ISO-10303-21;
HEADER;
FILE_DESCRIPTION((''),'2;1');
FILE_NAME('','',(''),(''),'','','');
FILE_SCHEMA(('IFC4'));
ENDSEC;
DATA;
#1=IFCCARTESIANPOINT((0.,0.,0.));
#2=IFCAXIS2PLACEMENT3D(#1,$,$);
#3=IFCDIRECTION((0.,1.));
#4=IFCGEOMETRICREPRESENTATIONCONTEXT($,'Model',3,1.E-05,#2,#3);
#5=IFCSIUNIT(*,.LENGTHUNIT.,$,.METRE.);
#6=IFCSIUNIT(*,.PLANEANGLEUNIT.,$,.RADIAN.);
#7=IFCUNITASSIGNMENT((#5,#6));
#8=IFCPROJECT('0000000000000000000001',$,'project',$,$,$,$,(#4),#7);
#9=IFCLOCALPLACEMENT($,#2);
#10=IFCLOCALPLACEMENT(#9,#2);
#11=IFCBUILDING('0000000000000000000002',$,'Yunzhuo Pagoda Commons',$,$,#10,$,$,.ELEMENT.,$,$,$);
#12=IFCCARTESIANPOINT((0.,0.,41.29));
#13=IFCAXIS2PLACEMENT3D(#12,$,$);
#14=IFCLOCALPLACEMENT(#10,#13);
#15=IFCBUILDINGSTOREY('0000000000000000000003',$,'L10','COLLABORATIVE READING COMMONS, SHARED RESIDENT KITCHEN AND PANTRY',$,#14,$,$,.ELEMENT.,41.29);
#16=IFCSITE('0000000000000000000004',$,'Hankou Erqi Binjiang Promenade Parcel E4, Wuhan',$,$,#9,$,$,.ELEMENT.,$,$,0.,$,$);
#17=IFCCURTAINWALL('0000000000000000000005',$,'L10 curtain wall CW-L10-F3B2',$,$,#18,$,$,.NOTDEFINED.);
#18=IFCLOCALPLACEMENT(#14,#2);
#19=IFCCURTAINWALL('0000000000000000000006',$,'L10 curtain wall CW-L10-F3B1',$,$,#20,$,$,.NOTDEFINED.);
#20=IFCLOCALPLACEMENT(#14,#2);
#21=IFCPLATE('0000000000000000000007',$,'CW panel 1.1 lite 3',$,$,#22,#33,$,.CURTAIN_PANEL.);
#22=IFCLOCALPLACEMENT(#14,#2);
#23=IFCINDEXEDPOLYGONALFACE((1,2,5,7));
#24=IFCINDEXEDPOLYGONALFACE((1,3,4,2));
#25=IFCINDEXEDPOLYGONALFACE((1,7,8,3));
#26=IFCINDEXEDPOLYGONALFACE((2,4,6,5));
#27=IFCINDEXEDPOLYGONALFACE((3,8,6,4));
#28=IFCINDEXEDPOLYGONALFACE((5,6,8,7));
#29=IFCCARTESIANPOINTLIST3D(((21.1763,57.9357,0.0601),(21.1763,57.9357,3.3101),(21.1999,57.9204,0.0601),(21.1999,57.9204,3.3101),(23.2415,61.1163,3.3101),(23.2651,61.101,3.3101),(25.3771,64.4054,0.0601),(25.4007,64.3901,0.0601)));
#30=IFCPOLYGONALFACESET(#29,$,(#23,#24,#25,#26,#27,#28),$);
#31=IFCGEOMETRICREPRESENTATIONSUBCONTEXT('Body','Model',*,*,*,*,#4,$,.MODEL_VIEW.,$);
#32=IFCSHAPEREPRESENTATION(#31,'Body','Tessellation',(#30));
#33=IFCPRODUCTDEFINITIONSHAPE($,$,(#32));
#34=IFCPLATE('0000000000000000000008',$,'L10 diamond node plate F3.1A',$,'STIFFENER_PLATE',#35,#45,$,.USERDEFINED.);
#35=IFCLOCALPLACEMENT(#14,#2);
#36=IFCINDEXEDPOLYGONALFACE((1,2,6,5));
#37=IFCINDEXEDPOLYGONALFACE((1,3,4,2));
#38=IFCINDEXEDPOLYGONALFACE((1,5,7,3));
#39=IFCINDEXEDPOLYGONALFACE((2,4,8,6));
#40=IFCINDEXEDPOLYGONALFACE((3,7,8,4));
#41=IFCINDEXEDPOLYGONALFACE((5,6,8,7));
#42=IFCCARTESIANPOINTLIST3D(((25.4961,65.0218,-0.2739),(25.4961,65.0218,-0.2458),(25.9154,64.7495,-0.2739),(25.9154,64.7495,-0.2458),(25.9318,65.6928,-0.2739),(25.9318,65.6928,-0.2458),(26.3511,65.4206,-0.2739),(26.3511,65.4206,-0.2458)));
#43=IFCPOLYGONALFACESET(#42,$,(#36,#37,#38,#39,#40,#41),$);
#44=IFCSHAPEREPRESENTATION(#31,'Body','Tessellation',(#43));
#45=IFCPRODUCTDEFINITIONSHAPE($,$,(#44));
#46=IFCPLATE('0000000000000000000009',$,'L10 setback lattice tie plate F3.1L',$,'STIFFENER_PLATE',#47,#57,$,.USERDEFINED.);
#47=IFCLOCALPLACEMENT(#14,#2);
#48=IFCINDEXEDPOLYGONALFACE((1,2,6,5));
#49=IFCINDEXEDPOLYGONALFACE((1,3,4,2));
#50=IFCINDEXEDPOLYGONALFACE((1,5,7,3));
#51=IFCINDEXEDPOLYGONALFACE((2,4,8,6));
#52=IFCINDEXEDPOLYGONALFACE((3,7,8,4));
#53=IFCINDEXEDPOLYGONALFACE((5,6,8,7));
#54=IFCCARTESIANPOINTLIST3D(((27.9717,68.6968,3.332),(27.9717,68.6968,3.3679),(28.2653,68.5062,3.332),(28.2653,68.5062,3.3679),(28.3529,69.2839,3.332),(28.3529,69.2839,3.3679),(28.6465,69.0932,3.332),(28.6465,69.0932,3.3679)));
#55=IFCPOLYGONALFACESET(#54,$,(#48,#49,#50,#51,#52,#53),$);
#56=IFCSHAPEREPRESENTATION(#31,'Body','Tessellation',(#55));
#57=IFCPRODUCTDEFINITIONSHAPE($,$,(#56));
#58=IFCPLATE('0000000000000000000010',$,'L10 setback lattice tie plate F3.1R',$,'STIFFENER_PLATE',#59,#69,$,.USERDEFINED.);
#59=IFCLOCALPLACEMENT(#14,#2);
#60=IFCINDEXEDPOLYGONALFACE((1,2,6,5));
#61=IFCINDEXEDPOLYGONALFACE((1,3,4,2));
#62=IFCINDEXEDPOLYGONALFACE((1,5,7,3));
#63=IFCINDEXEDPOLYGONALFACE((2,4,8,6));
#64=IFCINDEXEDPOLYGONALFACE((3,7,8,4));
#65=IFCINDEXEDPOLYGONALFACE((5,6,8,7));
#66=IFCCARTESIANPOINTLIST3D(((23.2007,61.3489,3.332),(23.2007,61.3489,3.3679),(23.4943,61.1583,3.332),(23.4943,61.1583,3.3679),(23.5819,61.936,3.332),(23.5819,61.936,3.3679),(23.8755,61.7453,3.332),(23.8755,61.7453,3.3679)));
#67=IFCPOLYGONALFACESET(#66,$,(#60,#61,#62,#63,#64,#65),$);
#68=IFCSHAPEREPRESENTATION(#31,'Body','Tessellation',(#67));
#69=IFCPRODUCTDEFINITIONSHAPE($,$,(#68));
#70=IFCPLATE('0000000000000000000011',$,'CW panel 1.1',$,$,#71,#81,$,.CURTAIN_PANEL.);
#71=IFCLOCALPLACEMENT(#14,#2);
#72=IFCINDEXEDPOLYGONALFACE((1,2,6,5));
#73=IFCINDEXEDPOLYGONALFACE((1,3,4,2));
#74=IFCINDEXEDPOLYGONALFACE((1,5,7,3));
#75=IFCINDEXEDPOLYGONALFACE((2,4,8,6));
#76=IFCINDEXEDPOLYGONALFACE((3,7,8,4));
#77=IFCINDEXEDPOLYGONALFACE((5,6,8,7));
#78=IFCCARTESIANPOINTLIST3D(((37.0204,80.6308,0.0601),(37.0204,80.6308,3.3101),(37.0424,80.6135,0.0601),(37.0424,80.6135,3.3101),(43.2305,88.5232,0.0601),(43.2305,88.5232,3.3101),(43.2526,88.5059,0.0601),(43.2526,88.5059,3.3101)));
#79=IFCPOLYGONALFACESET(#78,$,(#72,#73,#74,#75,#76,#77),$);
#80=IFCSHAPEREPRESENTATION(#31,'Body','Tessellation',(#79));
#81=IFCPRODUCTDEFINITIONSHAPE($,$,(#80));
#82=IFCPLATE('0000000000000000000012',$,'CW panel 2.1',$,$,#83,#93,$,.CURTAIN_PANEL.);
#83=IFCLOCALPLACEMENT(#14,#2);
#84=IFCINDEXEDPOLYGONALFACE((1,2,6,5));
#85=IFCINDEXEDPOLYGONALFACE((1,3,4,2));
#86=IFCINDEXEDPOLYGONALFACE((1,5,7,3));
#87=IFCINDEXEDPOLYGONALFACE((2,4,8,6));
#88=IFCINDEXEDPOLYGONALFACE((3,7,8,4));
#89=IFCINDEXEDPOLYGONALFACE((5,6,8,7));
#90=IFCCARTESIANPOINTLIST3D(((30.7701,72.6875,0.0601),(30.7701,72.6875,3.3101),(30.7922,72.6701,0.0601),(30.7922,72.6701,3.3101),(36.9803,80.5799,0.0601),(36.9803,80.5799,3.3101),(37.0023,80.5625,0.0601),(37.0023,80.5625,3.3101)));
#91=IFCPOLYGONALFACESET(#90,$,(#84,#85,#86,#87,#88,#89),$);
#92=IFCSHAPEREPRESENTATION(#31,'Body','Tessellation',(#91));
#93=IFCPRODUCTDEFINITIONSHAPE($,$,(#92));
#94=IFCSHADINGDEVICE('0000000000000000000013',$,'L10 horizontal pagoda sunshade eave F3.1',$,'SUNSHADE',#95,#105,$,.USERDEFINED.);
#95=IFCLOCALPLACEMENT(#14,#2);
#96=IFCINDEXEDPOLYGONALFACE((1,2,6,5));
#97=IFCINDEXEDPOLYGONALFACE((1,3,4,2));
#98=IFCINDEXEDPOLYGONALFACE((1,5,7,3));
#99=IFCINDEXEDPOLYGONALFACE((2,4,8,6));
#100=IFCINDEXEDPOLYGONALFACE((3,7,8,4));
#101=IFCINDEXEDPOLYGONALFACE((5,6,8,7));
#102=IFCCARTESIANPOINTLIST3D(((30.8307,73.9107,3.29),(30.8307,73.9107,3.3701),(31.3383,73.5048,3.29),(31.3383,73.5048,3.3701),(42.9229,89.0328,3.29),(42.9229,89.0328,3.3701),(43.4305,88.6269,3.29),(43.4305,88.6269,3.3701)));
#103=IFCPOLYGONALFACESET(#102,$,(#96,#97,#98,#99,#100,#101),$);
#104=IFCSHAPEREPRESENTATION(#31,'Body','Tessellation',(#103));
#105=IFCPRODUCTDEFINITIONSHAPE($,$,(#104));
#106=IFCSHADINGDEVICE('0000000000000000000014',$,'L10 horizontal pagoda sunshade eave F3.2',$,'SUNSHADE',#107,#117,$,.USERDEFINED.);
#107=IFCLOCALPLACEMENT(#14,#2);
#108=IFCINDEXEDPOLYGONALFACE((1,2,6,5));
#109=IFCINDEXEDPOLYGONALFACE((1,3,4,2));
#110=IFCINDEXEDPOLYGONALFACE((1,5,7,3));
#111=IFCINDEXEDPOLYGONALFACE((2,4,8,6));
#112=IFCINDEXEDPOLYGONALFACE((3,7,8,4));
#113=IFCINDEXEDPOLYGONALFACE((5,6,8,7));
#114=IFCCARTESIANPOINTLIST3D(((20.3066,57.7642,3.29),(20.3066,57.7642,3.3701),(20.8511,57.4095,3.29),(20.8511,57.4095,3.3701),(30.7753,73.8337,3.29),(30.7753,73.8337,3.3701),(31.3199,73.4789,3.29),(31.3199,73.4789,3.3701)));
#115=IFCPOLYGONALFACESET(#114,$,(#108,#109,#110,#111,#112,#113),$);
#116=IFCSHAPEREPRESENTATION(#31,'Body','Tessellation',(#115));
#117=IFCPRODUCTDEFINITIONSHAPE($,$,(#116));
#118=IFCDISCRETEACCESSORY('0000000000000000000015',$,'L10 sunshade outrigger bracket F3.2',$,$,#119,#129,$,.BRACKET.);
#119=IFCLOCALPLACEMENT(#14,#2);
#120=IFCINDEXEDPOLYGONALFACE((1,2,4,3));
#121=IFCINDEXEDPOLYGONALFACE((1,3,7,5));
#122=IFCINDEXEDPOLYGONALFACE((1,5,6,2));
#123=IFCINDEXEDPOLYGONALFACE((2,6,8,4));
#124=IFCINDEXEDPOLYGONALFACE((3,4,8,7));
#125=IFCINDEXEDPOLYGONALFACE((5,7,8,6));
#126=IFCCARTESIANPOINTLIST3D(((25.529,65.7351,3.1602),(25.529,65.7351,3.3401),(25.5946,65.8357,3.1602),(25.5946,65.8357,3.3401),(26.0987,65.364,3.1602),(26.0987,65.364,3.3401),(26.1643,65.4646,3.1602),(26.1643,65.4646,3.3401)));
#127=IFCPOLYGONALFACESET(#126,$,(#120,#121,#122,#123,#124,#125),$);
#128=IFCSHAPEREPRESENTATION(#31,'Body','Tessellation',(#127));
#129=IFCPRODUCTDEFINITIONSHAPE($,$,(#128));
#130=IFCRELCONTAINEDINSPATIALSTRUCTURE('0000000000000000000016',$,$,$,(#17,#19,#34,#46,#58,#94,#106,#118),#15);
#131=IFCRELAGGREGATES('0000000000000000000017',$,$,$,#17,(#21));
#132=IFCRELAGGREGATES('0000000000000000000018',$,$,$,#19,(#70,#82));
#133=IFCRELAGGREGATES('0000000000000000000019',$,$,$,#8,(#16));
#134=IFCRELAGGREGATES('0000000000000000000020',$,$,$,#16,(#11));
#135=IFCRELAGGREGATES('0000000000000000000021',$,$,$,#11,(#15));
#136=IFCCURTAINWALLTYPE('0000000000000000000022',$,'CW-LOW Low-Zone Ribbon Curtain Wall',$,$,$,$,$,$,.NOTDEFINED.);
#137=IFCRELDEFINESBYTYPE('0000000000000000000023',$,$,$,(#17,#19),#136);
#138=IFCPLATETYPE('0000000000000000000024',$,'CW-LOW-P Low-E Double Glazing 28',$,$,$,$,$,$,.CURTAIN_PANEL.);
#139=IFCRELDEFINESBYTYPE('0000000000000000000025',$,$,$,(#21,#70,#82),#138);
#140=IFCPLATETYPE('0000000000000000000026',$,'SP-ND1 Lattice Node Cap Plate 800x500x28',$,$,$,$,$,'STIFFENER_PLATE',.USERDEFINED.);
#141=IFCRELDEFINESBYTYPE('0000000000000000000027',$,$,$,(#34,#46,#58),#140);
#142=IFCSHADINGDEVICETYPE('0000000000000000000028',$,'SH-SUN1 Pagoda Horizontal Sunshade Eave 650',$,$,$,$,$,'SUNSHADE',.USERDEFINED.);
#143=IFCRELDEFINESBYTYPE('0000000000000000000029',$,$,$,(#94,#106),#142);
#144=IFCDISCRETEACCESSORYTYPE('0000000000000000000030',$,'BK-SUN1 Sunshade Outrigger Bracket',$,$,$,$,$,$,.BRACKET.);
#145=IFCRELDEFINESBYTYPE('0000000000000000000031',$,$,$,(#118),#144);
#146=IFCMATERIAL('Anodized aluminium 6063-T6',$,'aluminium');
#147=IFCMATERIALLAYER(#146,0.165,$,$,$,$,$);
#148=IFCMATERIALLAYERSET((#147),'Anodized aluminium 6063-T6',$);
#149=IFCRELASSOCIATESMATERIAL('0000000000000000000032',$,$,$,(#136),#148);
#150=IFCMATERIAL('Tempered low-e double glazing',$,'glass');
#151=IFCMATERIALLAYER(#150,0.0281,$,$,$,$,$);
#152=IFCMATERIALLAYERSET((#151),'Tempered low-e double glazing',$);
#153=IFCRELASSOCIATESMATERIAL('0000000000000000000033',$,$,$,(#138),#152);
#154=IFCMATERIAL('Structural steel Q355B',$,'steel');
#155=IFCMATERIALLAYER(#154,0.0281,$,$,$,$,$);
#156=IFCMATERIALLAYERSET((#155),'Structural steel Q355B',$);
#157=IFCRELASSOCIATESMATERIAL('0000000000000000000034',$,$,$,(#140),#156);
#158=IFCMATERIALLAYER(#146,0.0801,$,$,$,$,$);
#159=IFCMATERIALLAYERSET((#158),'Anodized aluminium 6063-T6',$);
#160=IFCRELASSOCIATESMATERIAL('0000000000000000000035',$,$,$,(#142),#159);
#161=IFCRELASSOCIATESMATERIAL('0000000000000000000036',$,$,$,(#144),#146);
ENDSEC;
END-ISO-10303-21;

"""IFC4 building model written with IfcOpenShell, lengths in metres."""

from ifc_helpers import new_model, si_unit, direction, frame, origin, origin_2d, place, context, subcontext, project, spatial, polyline, rectangle, outline, extrude, source, transform, mapped, material, layer, layer_set, type_object, element, aggregate, save


model = new_model("IFC4")

# Units and contexts
model_context = context("Model", 3, precision=1e-05, world=origin(), true_north=direction((0.0, 1.0)))
body_context = subcontext(model_context, "Body", "Model", "MODEL_VIEW")
ifc_project = project(units=[si_unit("LENGTHUNIT", "METRE"), si_unit("PLANEANGLEUNIT", "RADIAN")], contexts=[model_context])

# Site, building, storey
site_placement = place(None, origin())
site = spatial("IfcSite", under=ifc_project, at=site_placement, Name="Hankou Erqi Binjiang Promenade Parcel E4, Wuhan", CompositionType="ELEMENT", RefElevation=0.0)
building_placement = place(site_placement, origin())
building = spatial("IfcBuilding", under=site, at=building_placement, Name="Yunzhuo Pagoda Commons", CompositionType="ELEMENT")
storey_placement = place(building_placement, frame((0.0, 0.0, 41.29)))
storey = spatial("IfcBuildingStorey", under=building, at=storey_placement, Name="L10", Description="COLLABORATIVE READING COMMONS, SHARED RESIDENT KITCHEN AND PANTRY", CompositionType="ELEMENT", Elevation=41.29)

# Shared definitions
ifc_material_1 = material(Name="Structural steel Q355B", Category="steel")

# Curtain wall
ifc_material_2 = material(Name="Anodized aluminium 6063-T6", Category="aluminium")
ifc_layer_1 = layer(ifc_material_2, 0.165)
ifc_layer_set_1 = layer_set([ifc_layer_1], Name="Anodized aluminium 6063-T6")
curtain_wall_type = type_object("IfcCurtainWallType", Name="CW-LOW Low-Zone Ribbon Curtain Wall", PredefinedType="NOTDEFINED", material=ifc_layer_set_1)
curtain_wall_1_placement = place(storey_placement, origin())
curtain_wall_1 = element("IfcCurtainWall", 1, at=curtain_wall_1_placement, inside=storey, type_object=curtain_wall_type, Name="L10 curtain wall CW-L10-F3B2", PredefinedType="NOTDEFINED")

# Curtain wall
curtain_wall_2_placement = place(storey_placement, origin())
curtain_wall_2 = element("IfcCurtainWall", 2, at=curtain_wall_2_placement, inside=storey, type_object=curtain_wall_type, Name="L10 curtain wall CW-L10-F3B1", PredefinedType="NOTDEFINED")

# Plate
ifc_material_3 = material(Name="Tempered low-e double glazing", Category="glass")
ifc_layer_2 = layer(ifc_material_3, 0.0281)
ifc_layer_set_2 = layer_set([ifc_layer_2], Name="Tempered low-e double glazing")
plate_type_1 = type_object("IfcPlateType", Name="CW-LOW-P Low-E Double Glazing 28", PredefinedType="CURTAIN_PANEL", material=ifc_layer_set_2)
plate_1_placement = place(storey_placement, frame((23.3003, 61.1553, 1.6851), z_axis=(-0.83871, 0.544579, 0.0), x_axis=(-0.544579, -0.83871, 0.0)))
plate_1 = element("IfcPlate", 3, at=plate_1_placement, type_object=plate_type_1, Name="CW panel 1.1 lite 3", PredefinedType="CURTAIN_PANEL", context=body_context, shape_type="SweptSolid", body=[
    extrude(outline(polyline([(-3.8569, -1.625), (3.8569, -1.625), (3.8569, 1.625), (0.0647, 1.625), (-3.8569, -1.625)])), origin(), (0.0, 0.0, 1.0), 0.0281),
])
aggregate(curtain_wall_1, [plate_1])

# Plates
ifc_layer_3 = layer(ifc_material_1, 0.0281)
ifc_layer_set_3 = layer_set([ifc_layer_3], Name="Structural steel Q355B")
plate_type_2 = type_object("IfcPlateType", Name="SP-ND1 Lattice Node Cap Plate 800x500x28", ElementType="STIFFENER_PLATE", PredefinedType="USERDEFINED", material=ifc_layer_set_3)
shared_shape_1 = source(origin(), body_context, "Body", "SweptSolid", [
    extrude(rectangle(XDim=0.8, YDim=0.5, at=origin_2d()), origin(), (0.0, 0.0, 1.0), 0.0281),
])
plate_2_placement = place(storey_placement, frame((25.9236, 65.2212, -0.2739), z_axis=(0.0, 0.0, 1.0), x_axis=(-0.54458, -0.838709, 0.0)))
element("IfcPlate", 4, at=plate_2_placement, inside=storey, type_object=plate_type_2, Name="L10 diamond node plate F3.1A", ObjectType="STIFFENER_PLATE", PredefinedType="USERDEFINED", context=body_context, shape_type="MappedRepresentation", body=[
    mapped(shared_shape_1, transform((0.0, 0.0, 0.0), scale=1.0)),
])
shared_shape_2 = source(origin(), body_context, "Body", "SweptSolid", [
    extrude(rectangle(XDim=0.7, YDim=0.3501, at=origin_2d()), origin(), (0.0, 0.0, 1.0), 0.0359),
])
for number, where, z_axis, x_axis, name in (
    (5, (28.3091, 68.895, 3.332), (0.0, 0.0, 1.0), (-0.54458, -0.838709, 0.0), "L10 setback lattice tie plate F3.1L"),
    (6, (23.5381, 61.5471, 3.332), (0.0, 0.0, 1.0), (-0.54458, -0.838709, 0.0), "L10 setback lattice tie plate F3.1R"),
):
    element("IfcPlate", number, at=place(storey_placement, frame(where, z_axis=z_axis, x_axis=x_axis)), inside=storey, type_object=plate_type_2, Name=name, ObjectType="STIFFENER_PLATE", PredefinedType="USERDEFINED", context=body_context, shape_type="MappedRepresentation", body=[
        mapped(shared_shape_2, transform((0.0, 0.0, 0.0), scale=1.0)),
    ])

# Plates
shared_shape_3 = source(origin(), body_context, "Body", "SweptSolid", [
    extrude(rectangle(XDim=10.0427, YDim=0.0281, at=origin_2d()), origin(), (0.0, 0.0, 1.0), 3.25),
])
plate_3_placement = place(storey_placement, frame((40.1365, 84.5684, 0.0601), z_axis=(0.0, 0.0, 1.0), x_axis=(-0.618375, -0.785883, 0.0)))
plate_3 = element("IfcPlate", 7, at=plate_3_placement, type_object=plate_type_1, Name="CW panel 1.1", PredefinedType="CURTAIN_PANEL", context=body_context, shape_type="MappedRepresentation", body=[
    mapped(shared_shape_3, transform((0.0, 0.0, 0.0), scale=1.0)),
])
plate_4_placement = place(storey_placement, frame((33.8862, 76.625, 0.0601), z_axis=(0.0, 0.0, 1.0), x_axis=(-0.618375, -0.785883, 0.0)))
plate_4 = element("IfcPlate", 8, at=plate_4_placement, type_object=plate_type_1, Name="CW panel 2.1", PredefinedType="CURTAIN_PANEL", context=body_context, shape_type="MappedRepresentation", body=[
    mapped(shared_shape_3, transform((0.0, 0.0, 0.0), scale=1.0)),
])
aggregate(curtain_wall_2, [plate_3, plate_4])

# Shading devices
ifc_layer_4 = layer(ifc_material_2, 0.0801)
ifc_layer_set_4 = layer_set([ifc_layer_4], Name="Anodized aluminium 6063-T6")
shading_device_type = type_object("IfcShadingDeviceType", Name="SH-SUN1 Pagoda Horizontal Sunshade Eave 650", ElementType="SUNSHADE", PredefinedType="USERDEFINED", material=ifc_layer_set_4)
shared_shape_4 = source(origin(), body_context, "Body", "SweptSolid", [
    extrude(rectangle(XDim=19.3623, YDim=0.6499, at=origin_2d()), origin(), (0.0, 0.0, 1.0), 0.0801),
])
shading_device_1_placement = place(storey_placement, frame((37.1306, 81.2688, 3.29), z_axis=(0.0, 0.0, 1.0), x_axis=(-0.62452, -0.781008, 0.0)))
element("IfcShadingDevice", 9, at=shading_device_1_placement, inside=storey, type_object=shading_device_type, Name="L10 horizontal pagoda sunshade eave F3.1", ObjectType="SUNSHADE", PredefinedType="USERDEFINED", context=body_context, shape_type="MappedRepresentation", body=[
    mapped(shared_shape_4, transform((0.0, 0.0, 0.0), scale=1.0)),
])
shared_shape_5 = source(origin(), body_context, "Body", "SweptSolid", [
    extrude(rectangle(XDim=19.1787, YDim=0.6499, at=origin_2d()), origin(), (0.0, 0.0, 1.0), 0.0801),
])
shading_device_2_placement = place(storey_placement, frame((25.8132, 65.6216, 3.29), z_axis=(0.0, 0.0, 1.0), x_axis=(-0.545853, -0.837881, 0.0)))
element("IfcShadingDevice", 10, at=shading_device_2_placement, inside=storey, type_object=shading_device_type, Name="L10 horizontal pagoda sunshade eave F3.2", ObjectType="SUNSHADE", PredefinedType="USERDEFINED", context=body_context, shape_type="MappedRepresentation", body=[
    mapped(shared_shape_5, transform((0.0, 0.0, 0.0), scale=1.0)),
])

# Discrete accessory
discrete_accessory_type = type_object("IfcDiscreteAccessoryType", Name="BK-SUN1 Sunshade Outrigger Bracket", PredefinedType="BRACKET", material=ifc_material_2)
shared_shape_6 = source(origin(), body_context, "Body", "SweptSolid", [
    extrude(rectangle(XDim=0.1201, YDim=0.6799, at=origin_2d()), origin(), (0.0, 0.0, 1.0), 0.1799),
])
discrete_accessory_placement = place(storey_placement, frame((25.8467, 65.5999, 3.1602), z_axis=(0.0, 0.0, 1.0), x_axis=(-0.545853, -0.837881, 0.0)))
element("IfcDiscreteAccessory", 11, at=discrete_accessory_placement, inside=storey, type_object=discrete_accessory_type, Name="L10 sunshade outrigger bracket F3.2", PredefinedType="BRACKET", context=body_context, shape_type="MappedRepresentation", body=[
    mapped(shared_shape_6, transform((0.0, 0.0, 0.0), scale=1.0)),
])

save(model, "model.ifc")
